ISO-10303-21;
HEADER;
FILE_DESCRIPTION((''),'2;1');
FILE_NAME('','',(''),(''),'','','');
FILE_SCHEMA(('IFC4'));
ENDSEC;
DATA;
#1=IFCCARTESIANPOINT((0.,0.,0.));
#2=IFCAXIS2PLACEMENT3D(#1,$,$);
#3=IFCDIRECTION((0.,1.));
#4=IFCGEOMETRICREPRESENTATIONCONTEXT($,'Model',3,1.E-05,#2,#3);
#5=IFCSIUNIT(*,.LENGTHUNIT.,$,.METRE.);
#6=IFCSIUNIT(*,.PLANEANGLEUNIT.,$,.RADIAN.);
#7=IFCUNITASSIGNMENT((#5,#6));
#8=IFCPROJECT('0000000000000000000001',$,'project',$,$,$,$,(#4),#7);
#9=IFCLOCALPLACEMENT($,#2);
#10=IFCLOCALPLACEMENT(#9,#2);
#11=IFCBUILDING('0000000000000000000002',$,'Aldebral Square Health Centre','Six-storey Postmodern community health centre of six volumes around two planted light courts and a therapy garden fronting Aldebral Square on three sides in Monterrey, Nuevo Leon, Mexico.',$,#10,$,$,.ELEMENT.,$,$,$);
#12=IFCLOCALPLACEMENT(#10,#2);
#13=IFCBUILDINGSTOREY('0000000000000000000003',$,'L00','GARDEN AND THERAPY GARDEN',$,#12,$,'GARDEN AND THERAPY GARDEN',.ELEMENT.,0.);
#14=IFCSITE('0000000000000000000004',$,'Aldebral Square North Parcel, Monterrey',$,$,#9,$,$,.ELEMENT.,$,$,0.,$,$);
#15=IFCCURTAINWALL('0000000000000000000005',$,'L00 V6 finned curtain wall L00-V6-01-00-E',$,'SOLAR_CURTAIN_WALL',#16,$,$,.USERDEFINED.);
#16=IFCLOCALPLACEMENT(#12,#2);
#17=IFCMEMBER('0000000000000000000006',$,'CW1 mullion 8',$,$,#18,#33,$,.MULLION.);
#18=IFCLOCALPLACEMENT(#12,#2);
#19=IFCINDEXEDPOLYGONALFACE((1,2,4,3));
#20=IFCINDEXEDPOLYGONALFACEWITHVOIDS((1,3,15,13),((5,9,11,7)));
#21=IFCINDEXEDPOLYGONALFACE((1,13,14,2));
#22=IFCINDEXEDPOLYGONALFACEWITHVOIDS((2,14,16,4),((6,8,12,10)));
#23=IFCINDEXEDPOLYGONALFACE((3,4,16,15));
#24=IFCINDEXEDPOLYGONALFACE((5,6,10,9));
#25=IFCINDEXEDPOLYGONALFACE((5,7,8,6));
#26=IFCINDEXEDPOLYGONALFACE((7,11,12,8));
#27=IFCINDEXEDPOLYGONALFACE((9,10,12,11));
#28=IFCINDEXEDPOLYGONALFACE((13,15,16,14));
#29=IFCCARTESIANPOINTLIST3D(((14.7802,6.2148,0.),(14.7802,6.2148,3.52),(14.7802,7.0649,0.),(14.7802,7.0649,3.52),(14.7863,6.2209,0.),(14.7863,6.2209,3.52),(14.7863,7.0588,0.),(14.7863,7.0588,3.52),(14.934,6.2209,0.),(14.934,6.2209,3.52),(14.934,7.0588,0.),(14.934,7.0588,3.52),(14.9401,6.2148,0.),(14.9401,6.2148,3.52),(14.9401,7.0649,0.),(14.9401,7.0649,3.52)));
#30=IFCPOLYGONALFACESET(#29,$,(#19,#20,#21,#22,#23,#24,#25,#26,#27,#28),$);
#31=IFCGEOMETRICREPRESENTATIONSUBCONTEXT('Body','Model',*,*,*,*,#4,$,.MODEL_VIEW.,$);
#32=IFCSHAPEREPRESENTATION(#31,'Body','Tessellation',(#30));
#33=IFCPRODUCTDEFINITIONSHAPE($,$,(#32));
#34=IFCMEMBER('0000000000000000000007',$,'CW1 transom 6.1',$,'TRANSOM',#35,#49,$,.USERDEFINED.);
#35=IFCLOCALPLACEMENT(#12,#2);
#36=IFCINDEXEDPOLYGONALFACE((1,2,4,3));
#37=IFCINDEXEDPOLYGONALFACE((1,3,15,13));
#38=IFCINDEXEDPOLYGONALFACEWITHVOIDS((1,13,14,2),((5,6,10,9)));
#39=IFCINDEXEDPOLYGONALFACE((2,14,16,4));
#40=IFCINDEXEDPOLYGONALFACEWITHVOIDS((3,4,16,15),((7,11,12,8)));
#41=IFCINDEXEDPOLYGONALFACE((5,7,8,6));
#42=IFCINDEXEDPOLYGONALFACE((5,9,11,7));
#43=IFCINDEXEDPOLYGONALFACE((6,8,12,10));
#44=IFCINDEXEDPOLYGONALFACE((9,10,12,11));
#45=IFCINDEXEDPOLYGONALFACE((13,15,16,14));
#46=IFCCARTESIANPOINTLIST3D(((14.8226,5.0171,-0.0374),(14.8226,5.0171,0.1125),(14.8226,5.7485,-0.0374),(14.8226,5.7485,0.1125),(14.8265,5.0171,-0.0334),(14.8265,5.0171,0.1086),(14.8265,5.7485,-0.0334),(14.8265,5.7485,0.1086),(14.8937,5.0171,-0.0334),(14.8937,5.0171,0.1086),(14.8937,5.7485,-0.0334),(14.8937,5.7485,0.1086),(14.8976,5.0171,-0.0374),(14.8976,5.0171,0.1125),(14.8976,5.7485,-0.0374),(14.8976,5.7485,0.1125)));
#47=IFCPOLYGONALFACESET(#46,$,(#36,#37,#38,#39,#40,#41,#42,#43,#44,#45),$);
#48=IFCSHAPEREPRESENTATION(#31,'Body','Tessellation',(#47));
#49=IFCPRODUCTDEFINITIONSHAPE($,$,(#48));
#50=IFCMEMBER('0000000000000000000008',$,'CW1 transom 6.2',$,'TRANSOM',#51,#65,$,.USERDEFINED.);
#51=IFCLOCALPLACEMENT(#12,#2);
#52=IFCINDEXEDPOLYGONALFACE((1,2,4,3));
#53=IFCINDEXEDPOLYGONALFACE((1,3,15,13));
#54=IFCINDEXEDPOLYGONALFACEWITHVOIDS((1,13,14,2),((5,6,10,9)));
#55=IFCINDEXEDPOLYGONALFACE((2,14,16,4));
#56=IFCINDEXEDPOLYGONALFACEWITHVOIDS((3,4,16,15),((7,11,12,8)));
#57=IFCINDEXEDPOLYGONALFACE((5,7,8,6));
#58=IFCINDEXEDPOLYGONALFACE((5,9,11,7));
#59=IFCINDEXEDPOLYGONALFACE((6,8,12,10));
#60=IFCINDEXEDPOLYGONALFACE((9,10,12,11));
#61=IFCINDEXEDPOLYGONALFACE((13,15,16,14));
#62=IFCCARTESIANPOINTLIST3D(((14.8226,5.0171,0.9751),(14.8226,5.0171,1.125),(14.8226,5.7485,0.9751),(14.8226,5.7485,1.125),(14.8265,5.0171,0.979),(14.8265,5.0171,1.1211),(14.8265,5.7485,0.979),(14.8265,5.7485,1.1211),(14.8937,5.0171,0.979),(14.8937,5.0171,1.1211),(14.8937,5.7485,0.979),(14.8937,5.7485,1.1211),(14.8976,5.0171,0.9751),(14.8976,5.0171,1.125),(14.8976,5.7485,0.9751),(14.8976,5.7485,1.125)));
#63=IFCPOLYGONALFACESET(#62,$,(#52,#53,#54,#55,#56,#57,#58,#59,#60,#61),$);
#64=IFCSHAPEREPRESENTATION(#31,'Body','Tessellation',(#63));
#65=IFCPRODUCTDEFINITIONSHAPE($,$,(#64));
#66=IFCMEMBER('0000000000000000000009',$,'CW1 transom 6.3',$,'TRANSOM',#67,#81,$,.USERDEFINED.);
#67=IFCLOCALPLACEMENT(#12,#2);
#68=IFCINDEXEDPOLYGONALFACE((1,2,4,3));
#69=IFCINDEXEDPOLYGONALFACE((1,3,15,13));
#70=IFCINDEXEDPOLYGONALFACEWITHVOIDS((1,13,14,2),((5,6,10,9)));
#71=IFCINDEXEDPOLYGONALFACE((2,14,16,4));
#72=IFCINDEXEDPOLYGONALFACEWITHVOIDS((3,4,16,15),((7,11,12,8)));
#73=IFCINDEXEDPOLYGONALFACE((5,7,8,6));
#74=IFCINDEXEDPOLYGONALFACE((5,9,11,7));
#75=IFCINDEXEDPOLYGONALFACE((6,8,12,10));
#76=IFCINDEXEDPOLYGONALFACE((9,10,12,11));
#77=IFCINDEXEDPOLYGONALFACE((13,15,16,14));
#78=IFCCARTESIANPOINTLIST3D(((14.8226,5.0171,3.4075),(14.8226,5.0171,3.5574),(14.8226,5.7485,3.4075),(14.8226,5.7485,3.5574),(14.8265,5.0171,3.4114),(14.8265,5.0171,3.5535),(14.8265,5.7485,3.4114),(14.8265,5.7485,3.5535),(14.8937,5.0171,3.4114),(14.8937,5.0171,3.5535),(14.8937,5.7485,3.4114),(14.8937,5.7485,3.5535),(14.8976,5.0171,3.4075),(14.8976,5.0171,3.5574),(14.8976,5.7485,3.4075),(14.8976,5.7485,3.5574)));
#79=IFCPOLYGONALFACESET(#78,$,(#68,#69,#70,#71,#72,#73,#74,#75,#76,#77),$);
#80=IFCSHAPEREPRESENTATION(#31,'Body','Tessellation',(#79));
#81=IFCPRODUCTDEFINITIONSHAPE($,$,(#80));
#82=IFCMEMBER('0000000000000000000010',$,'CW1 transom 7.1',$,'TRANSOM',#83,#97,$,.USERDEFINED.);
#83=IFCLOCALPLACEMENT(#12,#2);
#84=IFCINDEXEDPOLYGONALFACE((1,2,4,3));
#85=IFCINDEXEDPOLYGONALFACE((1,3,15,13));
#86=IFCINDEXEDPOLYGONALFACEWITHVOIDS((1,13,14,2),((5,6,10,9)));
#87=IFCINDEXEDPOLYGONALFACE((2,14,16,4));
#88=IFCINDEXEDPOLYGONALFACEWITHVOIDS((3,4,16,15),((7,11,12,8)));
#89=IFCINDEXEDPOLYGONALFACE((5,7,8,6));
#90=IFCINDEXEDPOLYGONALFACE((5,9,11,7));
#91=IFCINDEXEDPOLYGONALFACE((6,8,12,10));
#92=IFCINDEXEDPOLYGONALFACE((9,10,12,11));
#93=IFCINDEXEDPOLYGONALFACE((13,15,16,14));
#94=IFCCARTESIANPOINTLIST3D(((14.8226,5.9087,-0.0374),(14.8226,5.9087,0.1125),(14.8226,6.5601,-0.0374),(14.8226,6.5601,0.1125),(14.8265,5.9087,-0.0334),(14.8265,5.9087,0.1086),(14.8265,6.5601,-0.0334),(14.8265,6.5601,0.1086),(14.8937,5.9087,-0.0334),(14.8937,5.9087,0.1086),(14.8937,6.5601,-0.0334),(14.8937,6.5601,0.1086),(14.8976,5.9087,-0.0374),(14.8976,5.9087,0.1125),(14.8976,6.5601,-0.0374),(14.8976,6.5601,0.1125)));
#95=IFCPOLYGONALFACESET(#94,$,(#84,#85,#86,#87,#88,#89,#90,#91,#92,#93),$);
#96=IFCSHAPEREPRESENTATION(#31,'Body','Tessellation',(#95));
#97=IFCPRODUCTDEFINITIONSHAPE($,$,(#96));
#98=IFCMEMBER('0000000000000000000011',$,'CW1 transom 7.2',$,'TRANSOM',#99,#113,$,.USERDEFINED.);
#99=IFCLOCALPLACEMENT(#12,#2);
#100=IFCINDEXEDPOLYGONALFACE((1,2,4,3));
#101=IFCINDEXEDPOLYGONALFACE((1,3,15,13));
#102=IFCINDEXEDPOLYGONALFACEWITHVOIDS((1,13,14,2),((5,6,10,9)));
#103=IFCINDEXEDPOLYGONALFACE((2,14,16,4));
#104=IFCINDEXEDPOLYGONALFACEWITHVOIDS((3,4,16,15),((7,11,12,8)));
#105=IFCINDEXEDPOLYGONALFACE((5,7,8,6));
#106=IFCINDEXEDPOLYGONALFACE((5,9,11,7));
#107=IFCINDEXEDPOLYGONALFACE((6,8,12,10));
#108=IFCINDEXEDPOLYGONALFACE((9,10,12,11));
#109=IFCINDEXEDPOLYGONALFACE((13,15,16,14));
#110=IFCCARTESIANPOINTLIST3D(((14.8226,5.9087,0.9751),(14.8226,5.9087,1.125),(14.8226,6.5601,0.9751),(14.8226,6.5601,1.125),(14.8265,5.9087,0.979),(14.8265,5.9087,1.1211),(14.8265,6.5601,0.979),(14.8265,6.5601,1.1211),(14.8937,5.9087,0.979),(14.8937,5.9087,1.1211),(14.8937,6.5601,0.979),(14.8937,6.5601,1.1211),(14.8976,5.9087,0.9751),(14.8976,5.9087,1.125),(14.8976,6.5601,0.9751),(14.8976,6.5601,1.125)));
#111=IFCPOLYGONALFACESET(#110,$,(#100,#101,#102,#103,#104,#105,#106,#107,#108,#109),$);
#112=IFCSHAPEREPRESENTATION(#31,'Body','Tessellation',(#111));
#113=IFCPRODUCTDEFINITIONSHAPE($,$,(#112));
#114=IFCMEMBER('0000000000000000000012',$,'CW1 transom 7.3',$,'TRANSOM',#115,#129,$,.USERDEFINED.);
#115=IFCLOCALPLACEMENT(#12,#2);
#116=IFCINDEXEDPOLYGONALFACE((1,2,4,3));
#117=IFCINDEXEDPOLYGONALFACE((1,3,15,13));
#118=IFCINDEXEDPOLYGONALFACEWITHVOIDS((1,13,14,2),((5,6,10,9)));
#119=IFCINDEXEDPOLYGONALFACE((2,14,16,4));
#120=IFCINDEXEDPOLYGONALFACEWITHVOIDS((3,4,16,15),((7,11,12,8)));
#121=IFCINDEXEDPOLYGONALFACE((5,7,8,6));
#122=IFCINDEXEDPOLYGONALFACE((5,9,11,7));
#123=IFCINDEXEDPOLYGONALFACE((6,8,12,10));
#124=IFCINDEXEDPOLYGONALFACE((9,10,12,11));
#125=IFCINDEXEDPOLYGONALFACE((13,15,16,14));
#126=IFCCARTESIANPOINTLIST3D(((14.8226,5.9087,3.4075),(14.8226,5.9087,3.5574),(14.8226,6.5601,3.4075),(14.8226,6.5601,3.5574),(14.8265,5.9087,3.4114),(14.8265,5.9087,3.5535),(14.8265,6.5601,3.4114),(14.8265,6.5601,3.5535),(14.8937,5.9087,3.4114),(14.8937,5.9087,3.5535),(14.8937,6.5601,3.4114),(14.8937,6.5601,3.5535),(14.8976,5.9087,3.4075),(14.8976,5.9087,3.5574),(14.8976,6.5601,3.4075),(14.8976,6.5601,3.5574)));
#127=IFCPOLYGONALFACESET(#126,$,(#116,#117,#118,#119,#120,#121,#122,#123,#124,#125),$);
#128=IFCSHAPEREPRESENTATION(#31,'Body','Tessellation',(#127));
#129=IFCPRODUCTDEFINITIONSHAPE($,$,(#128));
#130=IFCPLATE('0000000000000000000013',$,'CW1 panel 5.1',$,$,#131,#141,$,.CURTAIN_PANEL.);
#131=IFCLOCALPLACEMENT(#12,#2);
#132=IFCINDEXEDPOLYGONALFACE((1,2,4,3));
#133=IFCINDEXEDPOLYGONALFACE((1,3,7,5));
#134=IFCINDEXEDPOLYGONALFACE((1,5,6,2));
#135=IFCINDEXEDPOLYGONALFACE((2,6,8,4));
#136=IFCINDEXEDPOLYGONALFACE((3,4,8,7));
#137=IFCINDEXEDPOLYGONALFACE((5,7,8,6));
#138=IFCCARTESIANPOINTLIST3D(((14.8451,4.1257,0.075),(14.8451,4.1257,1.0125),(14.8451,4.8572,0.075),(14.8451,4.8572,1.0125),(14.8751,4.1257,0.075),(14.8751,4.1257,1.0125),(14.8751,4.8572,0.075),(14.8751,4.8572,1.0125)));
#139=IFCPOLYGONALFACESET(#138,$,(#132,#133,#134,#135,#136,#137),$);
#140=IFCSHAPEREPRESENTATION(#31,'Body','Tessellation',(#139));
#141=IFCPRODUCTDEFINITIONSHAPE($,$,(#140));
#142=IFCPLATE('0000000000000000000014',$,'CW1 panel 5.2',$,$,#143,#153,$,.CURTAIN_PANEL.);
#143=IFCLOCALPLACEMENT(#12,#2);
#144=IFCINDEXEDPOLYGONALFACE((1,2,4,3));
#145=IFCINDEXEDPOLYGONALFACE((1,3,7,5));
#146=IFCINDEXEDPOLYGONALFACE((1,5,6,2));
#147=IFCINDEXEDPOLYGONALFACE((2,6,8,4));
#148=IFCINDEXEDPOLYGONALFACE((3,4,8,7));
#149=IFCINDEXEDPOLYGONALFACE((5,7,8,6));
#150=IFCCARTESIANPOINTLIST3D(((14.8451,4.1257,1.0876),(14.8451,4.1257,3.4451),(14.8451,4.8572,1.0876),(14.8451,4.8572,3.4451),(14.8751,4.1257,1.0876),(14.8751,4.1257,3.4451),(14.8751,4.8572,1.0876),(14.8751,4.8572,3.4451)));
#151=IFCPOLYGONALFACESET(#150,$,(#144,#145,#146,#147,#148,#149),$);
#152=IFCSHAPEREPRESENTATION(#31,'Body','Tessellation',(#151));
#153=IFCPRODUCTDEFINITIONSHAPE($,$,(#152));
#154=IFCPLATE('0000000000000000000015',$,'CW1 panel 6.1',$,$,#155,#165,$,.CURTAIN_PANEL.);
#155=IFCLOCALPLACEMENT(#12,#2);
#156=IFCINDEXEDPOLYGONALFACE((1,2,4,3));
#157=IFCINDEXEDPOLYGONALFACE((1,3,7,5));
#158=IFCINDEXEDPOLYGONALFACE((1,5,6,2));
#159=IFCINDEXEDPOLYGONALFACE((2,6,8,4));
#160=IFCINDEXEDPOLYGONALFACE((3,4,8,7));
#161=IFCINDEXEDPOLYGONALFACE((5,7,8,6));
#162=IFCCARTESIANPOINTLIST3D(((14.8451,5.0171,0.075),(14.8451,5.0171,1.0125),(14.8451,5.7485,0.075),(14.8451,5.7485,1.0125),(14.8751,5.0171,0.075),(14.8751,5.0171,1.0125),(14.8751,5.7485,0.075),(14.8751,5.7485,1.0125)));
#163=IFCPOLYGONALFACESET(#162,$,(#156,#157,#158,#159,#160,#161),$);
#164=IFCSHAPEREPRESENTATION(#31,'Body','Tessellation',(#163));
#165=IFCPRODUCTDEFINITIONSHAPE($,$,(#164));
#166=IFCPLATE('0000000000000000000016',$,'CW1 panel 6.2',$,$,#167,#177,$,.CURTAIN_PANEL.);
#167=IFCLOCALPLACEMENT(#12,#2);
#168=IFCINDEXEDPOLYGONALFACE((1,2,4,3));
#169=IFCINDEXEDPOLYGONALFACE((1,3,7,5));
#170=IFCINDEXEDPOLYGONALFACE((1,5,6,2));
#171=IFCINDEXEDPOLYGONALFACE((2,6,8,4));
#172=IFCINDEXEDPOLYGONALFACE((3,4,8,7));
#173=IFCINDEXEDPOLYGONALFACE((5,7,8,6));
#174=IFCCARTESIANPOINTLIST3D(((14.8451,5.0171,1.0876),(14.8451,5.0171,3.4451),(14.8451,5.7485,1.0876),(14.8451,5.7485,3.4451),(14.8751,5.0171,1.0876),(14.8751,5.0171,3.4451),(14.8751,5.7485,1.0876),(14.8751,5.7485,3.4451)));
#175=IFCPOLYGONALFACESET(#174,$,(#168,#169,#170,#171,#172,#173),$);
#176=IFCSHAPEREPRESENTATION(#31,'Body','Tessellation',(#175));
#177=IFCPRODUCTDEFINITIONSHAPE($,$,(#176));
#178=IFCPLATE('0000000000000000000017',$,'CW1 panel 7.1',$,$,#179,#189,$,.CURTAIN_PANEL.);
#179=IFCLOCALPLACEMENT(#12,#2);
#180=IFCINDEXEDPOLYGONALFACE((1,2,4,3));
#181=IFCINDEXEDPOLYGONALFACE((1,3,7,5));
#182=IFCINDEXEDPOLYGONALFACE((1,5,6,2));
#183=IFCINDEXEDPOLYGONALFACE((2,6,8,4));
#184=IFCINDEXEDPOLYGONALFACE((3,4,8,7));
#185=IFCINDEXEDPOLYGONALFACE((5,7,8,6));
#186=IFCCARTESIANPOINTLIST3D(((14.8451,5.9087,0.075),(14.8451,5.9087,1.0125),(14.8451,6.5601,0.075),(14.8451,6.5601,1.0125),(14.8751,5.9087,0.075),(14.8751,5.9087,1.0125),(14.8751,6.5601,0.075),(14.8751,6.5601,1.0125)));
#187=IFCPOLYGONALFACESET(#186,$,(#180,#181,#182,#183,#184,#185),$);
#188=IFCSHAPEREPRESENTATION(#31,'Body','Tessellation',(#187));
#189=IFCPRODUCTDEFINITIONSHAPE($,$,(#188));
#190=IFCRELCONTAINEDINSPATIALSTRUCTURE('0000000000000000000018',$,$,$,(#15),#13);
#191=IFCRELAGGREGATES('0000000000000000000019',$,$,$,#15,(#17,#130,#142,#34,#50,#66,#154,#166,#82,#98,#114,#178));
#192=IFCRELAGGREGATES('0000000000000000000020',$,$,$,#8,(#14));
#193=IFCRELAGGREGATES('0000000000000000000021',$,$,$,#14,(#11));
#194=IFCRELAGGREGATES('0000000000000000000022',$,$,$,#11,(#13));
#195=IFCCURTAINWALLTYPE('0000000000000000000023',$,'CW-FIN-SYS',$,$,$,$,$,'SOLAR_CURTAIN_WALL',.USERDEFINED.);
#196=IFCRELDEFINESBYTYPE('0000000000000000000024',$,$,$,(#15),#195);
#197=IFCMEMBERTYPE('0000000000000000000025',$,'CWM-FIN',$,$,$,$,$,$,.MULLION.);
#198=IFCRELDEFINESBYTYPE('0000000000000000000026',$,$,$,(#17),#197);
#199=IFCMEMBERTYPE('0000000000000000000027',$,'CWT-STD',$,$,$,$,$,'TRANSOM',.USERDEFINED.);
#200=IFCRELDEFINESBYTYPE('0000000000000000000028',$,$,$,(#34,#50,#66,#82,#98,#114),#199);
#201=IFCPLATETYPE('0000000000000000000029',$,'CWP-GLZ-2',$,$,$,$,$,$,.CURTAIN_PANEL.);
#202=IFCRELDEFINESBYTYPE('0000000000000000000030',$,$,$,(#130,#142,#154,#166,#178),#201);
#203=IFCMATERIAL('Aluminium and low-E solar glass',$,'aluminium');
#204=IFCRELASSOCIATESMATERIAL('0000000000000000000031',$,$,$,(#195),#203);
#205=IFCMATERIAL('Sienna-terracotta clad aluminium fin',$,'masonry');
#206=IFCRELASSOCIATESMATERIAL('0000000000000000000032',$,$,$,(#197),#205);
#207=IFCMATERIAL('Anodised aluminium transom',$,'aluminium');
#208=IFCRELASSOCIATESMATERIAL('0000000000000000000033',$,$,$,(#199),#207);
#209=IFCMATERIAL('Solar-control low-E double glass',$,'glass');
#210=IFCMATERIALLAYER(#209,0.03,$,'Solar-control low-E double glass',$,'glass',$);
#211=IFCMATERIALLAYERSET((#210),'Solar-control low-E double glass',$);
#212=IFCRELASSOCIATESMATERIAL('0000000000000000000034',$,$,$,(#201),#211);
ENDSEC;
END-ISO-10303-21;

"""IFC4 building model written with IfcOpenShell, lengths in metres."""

from ifc_helpers import new_model, si_unit, direction, frame, origin, origin_2d, place, context, subcontext, project, spatial, rectangle, hollow_rectangle, extrude, material, layer, layer_set, material_profile, profile_set, type_object, element, aggregate, save


model = new_model("IFC4")

# Units and contexts
model_context = context("Model", 3, precision=1e-05, world=origin(), true_north=direction((0.0, 1.0)))
body_context = subcontext(model_context, "Body", "Model", "MODEL_VIEW")
ifc_project = project(units=[si_unit("LENGTHUNIT", "METRE"), si_unit("PLANEANGLEUNIT", "RADIAN")], contexts=[model_context])

# Site, building, storey
site_placement = place(None, origin())
site = spatial("IfcSite", under=ifc_project, at=site_placement, Name="Aldebral Square North Parcel, Monterrey", CompositionType="ELEMENT", RefElevation=0.0)
building_placement = place(site_placement, origin())
building = spatial("IfcBuilding", under=site, at=building_placement, Name="Aldebral Square Health Centre", Description="Six-storey Postmodern community health centre of six volumes around two planted light courts and a therapy garden fronting Aldebral Square on three sides in Monterrey, Nuevo Leon, Mexico.", CompositionType="ELEMENT")
storey_placement = place(building_placement, origin())
storey = spatial("IfcBuildingStorey", under=building, at=storey_placement, Name="L00", Description="GARDEN AND THERAPY GARDEN", LongName="GARDEN AND THERAPY GARDEN", CompositionType="ELEMENT", Elevation=0.0)

# Curtain wall, members, plates
ifc_material_1 = material(Name="Aluminium and low-E solar glass", Category="aluminium")
curtain_wall_type = type_object("IfcCurtainWallType", Name="CW-FIN-SYS", ElementType="SOLAR_CURTAIN_WALL", PredefinedType="USERDEFINED", material=ifc_material_1)
curtain_wall_placement = place(storey_placement, origin())
curtain_wall = element("IfcCurtainWall", 1, at=curtain_wall_placement, inside=storey, type_object=curtain_wall_type, Name="L00 V6 finned curtain wall L00-V6-01-00-E", ObjectType="SOLAR_CURTAIN_WALL", PredefinedType="USERDEFINED")
ifc_material_2 = material(Name="Sienna-terracotta clad aluminium fin", Category="masonry")
ifc_material_profile_1 = material_profile(ifc_material_2, hollow_rectangle(XDim=0.1599, YDim=0.8501, WallThickness=0.0061, at=origin_2d()), Name="FIN 160x850x6")
ifc_profile_set_1 = profile_set([ifc_material_profile_1], Name="Sienna-terracotta clad aluminium fin")
member_type_1 = type_object("IfcMemberType", Name="CWM-FIN", PredefinedType="MULLION", material=ifc_profile_set_1)
member_1_placement = place(storey_placement, frame((14.8601, 6.6399, 0.0), z_axis=(0.0, 0.0, 1.0), x_axis=(-1.0, 0.0, 0.0)))
member_1 = element("IfcMember", 2, at=member_1_placement, type_object=member_type_1, Name="CW1 mullion 8", PredefinedType="MULLION", context=body_context, shape_type="SweptSolid", body=[
    extrude(hollow_rectangle(XDim=0.1599, YDim=0.8501, WallThickness=0.0061, at=origin_2d()), origin(), (0.0, 0.0, 1.0), 3.52),
])
ifc_material_3 = material(Name="Anodised aluminium transom", Category="aluminium")
ifc_material_profile_2 = material_profile(ifc_material_3, hollow_rectangle(XDim=0.075, YDim=0.1499, WallThickness=0.0039, at=origin_2d()), Name="CWT 75x150x4")
ifc_profile_set_2 = profile_set([ifc_material_profile_2], Name="Anodised aluminium transom")
member_type_2 = type_object("IfcMemberType", Name="CWT-STD", ElementType="TRANSOM", PredefinedType="USERDEFINED", material=ifc_profile_set_2)
member_2_placement = place(storey_placement, frame((14.8601, 5.0171, 0.0376), z_axis=(0.0, 1.0, 0.0), x_axis=(-1.0, 0.0, 0.0)))
member_2 = element("IfcMember", 3, at=member_2_placement, type_object=member_type_2, Name="CW1 transom 6.1", ObjectType="TRANSOM", PredefinedType="USERDEFINED", context=body_context, shape_type="SweptSolid", body=[
    extrude(hollow_rectangle(XDim=0.075, YDim=0.1499, WallThickness=0.0039, at=origin_2d()), origin(), (0.0, 0.0, 1.0), 0.7314),
])
member_3_placement = place(storey_placement, frame((14.8601, 5.0171, 1.05), z_axis=(0.0, 1.0, 0.0), x_axis=(-1.0, 0.0, 0.0)))
member_3 = element("IfcMember", 4, at=member_3_placement, type_object=member_type_2, Name="CW1 transom 6.2", ObjectType="TRANSOM", PredefinedType="USERDEFINED", context=body_context, shape_type="SweptSolid", body=[
    extrude(hollow_rectangle(XDim=0.075, YDim=0.1499, WallThickness=0.0039, at=origin_2d()), origin(), (0.0, 0.0, 1.0), 0.7314),
])
member_4_placement = place(storey_placement, frame((14.8601, 5.0171, 3.4824), z_axis=(0.0, 1.0, 0.0), x_axis=(-1.0, 0.0, 0.0)))
member_4 = element("IfcMember", 5, at=member_4_placement, type_object=member_type_2, Name="CW1 transom 6.3", ObjectType="TRANSOM", PredefinedType="USERDEFINED", context=body_context, shape_type="SweptSolid", body=[
    extrude(hollow_rectangle(XDim=0.075, YDim=0.1499, WallThickness=0.0039, at=origin_2d()), origin(), (0.0, 0.0, 1.0), 0.7314),
])
member_5_placement = place(storey_placement, frame((14.8601, 5.9087, 0.0376), z_axis=(0.0, 1.0, 0.0), x_axis=(-1.0, 0.0, 0.0)))
member_5 = element("IfcMember", 6, at=member_5_placement, type_object=member_type_2, Name="CW1 transom 7.1", ObjectType="TRANSOM", PredefinedType="USERDEFINED", context=body_context, shape_type="SweptSolid", body=[
    extrude(hollow_rectangle(XDim=0.075, YDim=0.1499, WallThickness=0.0039, at=origin_2d()), origin(), (0.0, 0.0, 1.0), 0.6514),
])
member_6_placement = place(storey_placement, frame((14.8601, 5.9087, 1.05), z_axis=(0.0, 1.0, 0.0), x_axis=(-1.0, 0.0, 0.0)))
member_6 = element("IfcMember", 7, at=member_6_placement, type_object=member_type_2, Name="CW1 transom 7.2", ObjectType="TRANSOM", PredefinedType="USERDEFINED", context=body_context, shape_type="SweptSolid", body=[
    extrude(hollow_rectangle(XDim=0.075, YDim=0.1499, WallThickness=0.0039, at=origin_2d()), origin(), (0.0, 0.0, 1.0), 0.6514),
])
member_7_placement = place(storey_placement, frame((14.8601, 5.9087, 3.4824), z_axis=(0.0, 1.0, 0.0), x_axis=(-1.0, 0.0, 0.0)))
member_7 = element("IfcMember", 8, at=member_7_placement, type_object=member_type_2, Name="CW1 transom 7.3", ObjectType="TRANSOM", PredefinedType="USERDEFINED", context=body_context, shape_type="SweptSolid", body=[
    extrude(hollow_rectangle(XDim=0.075, YDim=0.1499, WallThickness=0.0039, at=origin_2d()), origin(), (0.0, 0.0, 1.0), 0.6514),
])
ifc_material_4 = material(Name="Solar-control low-E double glass", Category="glass")
ifc_layer_1 = layer(ifc_material_4, 0.03, Name="Solar-control low-E double glass", Category="glass")
ifc_layer_set_1 = layer_set([ifc_layer_1], Name="Solar-control low-E double glass")
plate_type = type_object("IfcPlateType", Name="CWP-GLZ-2", PredefinedType="CURTAIN_PANEL", material=ifc_layer_set_1)
plate_1_placement = place(storey_placement, frame((14.8601, 4.4915, 0.075), z_axis=(0.0, 0.0, 1.0), x_axis=(0.0, 1.0, 0.0)))
plate_1 = element("IfcPlate", 9, at=plate_1_placement, type_object=plate_type, Name="CW1 panel 5.1", PredefinedType="CURTAIN_PANEL", context=body_context, shape_type="SweptSolid", body=[
    extrude(rectangle(XDim=0.7314, YDim=0.03, at=origin_2d()), origin(), (0.0, 0.0, 1.0), 0.9375),
])
plate_2_placement = place(storey_placement, frame((14.8601, 4.4915, 1.0876), z_axis=(0.0, 0.0, 1.0), x_axis=(0.0, 1.0, 0.0)))
plate_2 = element("IfcPlate", 10, at=plate_2_placement, type_object=plate_type, Name="CW1 panel 5.2", PredefinedType="CURTAIN_PANEL", context=body_context, shape_type="SweptSolid", body=[
    extrude(rectangle(XDim=0.7314, YDim=0.03, at=origin_2d()), origin(), (0.0, 0.0, 1.0), 2.3574),
])
plate_3_placement = place(storey_placement, frame((14.8601, 5.3828, 0.075), z_axis=(0.0, 0.0, 1.0), x_axis=(0.0, 1.0, 0.0)))
plate_3 = element("IfcPlate", 11, at=plate_3_placement, type_object=plate_type, Name="CW1 panel 6.1", PredefinedType="CURTAIN_PANEL", context=body_context, shape_type="SweptSolid", body=[
    extrude(rectangle(XDim=0.7314, YDim=0.03, at=origin_2d()), origin(), (0.0, 0.0, 1.0), 0.9375),
])
plate_4_placement = place(storey_placement, frame((14.8601, 5.3828, 1.0876), z_axis=(0.0, 0.0, 1.0), x_axis=(0.0, 1.0, 0.0)))
plate_4 = element("IfcPlate", 12, at=plate_4_placement, type_object=plate_type, Name="CW1 panel 6.2", PredefinedType="CURTAIN_PANEL", context=body_context, shape_type="SweptSolid", body=[
    extrude(rectangle(XDim=0.7314, YDim=0.03, at=origin_2d()), origin(), (0.0, 0.0, 1.0), 2.3574),
])
plate_5_placement = place(storey_placement, frame((14.8601, 6.2344, 0.075), z_axis=(0.0, 0.0, 1.0), x_axis=(0.0, 1.0, 0.0)))
plate_5 = element("IfcPlate", 13, at=plate_5_placement, type_object=plate_type, Name="CW1 panel 7.1", PredefinedType="CURTAIN_PANEL", context=body_context, shape_type="SweptSolid", body=[
    extrude(rectangle(XDim=0.6514, YDim=0.03, at=origin_2d()), origin(), (0.0, 0.0, 1.0), 0.9375),
])
aggregate(curtain_wall, [member_1, plate_1, plate_2, member_2, member_3, member_4, plate_3, plate_4, member_5, member_6, member_7, plate_5])

save(model, "model.ifc")
